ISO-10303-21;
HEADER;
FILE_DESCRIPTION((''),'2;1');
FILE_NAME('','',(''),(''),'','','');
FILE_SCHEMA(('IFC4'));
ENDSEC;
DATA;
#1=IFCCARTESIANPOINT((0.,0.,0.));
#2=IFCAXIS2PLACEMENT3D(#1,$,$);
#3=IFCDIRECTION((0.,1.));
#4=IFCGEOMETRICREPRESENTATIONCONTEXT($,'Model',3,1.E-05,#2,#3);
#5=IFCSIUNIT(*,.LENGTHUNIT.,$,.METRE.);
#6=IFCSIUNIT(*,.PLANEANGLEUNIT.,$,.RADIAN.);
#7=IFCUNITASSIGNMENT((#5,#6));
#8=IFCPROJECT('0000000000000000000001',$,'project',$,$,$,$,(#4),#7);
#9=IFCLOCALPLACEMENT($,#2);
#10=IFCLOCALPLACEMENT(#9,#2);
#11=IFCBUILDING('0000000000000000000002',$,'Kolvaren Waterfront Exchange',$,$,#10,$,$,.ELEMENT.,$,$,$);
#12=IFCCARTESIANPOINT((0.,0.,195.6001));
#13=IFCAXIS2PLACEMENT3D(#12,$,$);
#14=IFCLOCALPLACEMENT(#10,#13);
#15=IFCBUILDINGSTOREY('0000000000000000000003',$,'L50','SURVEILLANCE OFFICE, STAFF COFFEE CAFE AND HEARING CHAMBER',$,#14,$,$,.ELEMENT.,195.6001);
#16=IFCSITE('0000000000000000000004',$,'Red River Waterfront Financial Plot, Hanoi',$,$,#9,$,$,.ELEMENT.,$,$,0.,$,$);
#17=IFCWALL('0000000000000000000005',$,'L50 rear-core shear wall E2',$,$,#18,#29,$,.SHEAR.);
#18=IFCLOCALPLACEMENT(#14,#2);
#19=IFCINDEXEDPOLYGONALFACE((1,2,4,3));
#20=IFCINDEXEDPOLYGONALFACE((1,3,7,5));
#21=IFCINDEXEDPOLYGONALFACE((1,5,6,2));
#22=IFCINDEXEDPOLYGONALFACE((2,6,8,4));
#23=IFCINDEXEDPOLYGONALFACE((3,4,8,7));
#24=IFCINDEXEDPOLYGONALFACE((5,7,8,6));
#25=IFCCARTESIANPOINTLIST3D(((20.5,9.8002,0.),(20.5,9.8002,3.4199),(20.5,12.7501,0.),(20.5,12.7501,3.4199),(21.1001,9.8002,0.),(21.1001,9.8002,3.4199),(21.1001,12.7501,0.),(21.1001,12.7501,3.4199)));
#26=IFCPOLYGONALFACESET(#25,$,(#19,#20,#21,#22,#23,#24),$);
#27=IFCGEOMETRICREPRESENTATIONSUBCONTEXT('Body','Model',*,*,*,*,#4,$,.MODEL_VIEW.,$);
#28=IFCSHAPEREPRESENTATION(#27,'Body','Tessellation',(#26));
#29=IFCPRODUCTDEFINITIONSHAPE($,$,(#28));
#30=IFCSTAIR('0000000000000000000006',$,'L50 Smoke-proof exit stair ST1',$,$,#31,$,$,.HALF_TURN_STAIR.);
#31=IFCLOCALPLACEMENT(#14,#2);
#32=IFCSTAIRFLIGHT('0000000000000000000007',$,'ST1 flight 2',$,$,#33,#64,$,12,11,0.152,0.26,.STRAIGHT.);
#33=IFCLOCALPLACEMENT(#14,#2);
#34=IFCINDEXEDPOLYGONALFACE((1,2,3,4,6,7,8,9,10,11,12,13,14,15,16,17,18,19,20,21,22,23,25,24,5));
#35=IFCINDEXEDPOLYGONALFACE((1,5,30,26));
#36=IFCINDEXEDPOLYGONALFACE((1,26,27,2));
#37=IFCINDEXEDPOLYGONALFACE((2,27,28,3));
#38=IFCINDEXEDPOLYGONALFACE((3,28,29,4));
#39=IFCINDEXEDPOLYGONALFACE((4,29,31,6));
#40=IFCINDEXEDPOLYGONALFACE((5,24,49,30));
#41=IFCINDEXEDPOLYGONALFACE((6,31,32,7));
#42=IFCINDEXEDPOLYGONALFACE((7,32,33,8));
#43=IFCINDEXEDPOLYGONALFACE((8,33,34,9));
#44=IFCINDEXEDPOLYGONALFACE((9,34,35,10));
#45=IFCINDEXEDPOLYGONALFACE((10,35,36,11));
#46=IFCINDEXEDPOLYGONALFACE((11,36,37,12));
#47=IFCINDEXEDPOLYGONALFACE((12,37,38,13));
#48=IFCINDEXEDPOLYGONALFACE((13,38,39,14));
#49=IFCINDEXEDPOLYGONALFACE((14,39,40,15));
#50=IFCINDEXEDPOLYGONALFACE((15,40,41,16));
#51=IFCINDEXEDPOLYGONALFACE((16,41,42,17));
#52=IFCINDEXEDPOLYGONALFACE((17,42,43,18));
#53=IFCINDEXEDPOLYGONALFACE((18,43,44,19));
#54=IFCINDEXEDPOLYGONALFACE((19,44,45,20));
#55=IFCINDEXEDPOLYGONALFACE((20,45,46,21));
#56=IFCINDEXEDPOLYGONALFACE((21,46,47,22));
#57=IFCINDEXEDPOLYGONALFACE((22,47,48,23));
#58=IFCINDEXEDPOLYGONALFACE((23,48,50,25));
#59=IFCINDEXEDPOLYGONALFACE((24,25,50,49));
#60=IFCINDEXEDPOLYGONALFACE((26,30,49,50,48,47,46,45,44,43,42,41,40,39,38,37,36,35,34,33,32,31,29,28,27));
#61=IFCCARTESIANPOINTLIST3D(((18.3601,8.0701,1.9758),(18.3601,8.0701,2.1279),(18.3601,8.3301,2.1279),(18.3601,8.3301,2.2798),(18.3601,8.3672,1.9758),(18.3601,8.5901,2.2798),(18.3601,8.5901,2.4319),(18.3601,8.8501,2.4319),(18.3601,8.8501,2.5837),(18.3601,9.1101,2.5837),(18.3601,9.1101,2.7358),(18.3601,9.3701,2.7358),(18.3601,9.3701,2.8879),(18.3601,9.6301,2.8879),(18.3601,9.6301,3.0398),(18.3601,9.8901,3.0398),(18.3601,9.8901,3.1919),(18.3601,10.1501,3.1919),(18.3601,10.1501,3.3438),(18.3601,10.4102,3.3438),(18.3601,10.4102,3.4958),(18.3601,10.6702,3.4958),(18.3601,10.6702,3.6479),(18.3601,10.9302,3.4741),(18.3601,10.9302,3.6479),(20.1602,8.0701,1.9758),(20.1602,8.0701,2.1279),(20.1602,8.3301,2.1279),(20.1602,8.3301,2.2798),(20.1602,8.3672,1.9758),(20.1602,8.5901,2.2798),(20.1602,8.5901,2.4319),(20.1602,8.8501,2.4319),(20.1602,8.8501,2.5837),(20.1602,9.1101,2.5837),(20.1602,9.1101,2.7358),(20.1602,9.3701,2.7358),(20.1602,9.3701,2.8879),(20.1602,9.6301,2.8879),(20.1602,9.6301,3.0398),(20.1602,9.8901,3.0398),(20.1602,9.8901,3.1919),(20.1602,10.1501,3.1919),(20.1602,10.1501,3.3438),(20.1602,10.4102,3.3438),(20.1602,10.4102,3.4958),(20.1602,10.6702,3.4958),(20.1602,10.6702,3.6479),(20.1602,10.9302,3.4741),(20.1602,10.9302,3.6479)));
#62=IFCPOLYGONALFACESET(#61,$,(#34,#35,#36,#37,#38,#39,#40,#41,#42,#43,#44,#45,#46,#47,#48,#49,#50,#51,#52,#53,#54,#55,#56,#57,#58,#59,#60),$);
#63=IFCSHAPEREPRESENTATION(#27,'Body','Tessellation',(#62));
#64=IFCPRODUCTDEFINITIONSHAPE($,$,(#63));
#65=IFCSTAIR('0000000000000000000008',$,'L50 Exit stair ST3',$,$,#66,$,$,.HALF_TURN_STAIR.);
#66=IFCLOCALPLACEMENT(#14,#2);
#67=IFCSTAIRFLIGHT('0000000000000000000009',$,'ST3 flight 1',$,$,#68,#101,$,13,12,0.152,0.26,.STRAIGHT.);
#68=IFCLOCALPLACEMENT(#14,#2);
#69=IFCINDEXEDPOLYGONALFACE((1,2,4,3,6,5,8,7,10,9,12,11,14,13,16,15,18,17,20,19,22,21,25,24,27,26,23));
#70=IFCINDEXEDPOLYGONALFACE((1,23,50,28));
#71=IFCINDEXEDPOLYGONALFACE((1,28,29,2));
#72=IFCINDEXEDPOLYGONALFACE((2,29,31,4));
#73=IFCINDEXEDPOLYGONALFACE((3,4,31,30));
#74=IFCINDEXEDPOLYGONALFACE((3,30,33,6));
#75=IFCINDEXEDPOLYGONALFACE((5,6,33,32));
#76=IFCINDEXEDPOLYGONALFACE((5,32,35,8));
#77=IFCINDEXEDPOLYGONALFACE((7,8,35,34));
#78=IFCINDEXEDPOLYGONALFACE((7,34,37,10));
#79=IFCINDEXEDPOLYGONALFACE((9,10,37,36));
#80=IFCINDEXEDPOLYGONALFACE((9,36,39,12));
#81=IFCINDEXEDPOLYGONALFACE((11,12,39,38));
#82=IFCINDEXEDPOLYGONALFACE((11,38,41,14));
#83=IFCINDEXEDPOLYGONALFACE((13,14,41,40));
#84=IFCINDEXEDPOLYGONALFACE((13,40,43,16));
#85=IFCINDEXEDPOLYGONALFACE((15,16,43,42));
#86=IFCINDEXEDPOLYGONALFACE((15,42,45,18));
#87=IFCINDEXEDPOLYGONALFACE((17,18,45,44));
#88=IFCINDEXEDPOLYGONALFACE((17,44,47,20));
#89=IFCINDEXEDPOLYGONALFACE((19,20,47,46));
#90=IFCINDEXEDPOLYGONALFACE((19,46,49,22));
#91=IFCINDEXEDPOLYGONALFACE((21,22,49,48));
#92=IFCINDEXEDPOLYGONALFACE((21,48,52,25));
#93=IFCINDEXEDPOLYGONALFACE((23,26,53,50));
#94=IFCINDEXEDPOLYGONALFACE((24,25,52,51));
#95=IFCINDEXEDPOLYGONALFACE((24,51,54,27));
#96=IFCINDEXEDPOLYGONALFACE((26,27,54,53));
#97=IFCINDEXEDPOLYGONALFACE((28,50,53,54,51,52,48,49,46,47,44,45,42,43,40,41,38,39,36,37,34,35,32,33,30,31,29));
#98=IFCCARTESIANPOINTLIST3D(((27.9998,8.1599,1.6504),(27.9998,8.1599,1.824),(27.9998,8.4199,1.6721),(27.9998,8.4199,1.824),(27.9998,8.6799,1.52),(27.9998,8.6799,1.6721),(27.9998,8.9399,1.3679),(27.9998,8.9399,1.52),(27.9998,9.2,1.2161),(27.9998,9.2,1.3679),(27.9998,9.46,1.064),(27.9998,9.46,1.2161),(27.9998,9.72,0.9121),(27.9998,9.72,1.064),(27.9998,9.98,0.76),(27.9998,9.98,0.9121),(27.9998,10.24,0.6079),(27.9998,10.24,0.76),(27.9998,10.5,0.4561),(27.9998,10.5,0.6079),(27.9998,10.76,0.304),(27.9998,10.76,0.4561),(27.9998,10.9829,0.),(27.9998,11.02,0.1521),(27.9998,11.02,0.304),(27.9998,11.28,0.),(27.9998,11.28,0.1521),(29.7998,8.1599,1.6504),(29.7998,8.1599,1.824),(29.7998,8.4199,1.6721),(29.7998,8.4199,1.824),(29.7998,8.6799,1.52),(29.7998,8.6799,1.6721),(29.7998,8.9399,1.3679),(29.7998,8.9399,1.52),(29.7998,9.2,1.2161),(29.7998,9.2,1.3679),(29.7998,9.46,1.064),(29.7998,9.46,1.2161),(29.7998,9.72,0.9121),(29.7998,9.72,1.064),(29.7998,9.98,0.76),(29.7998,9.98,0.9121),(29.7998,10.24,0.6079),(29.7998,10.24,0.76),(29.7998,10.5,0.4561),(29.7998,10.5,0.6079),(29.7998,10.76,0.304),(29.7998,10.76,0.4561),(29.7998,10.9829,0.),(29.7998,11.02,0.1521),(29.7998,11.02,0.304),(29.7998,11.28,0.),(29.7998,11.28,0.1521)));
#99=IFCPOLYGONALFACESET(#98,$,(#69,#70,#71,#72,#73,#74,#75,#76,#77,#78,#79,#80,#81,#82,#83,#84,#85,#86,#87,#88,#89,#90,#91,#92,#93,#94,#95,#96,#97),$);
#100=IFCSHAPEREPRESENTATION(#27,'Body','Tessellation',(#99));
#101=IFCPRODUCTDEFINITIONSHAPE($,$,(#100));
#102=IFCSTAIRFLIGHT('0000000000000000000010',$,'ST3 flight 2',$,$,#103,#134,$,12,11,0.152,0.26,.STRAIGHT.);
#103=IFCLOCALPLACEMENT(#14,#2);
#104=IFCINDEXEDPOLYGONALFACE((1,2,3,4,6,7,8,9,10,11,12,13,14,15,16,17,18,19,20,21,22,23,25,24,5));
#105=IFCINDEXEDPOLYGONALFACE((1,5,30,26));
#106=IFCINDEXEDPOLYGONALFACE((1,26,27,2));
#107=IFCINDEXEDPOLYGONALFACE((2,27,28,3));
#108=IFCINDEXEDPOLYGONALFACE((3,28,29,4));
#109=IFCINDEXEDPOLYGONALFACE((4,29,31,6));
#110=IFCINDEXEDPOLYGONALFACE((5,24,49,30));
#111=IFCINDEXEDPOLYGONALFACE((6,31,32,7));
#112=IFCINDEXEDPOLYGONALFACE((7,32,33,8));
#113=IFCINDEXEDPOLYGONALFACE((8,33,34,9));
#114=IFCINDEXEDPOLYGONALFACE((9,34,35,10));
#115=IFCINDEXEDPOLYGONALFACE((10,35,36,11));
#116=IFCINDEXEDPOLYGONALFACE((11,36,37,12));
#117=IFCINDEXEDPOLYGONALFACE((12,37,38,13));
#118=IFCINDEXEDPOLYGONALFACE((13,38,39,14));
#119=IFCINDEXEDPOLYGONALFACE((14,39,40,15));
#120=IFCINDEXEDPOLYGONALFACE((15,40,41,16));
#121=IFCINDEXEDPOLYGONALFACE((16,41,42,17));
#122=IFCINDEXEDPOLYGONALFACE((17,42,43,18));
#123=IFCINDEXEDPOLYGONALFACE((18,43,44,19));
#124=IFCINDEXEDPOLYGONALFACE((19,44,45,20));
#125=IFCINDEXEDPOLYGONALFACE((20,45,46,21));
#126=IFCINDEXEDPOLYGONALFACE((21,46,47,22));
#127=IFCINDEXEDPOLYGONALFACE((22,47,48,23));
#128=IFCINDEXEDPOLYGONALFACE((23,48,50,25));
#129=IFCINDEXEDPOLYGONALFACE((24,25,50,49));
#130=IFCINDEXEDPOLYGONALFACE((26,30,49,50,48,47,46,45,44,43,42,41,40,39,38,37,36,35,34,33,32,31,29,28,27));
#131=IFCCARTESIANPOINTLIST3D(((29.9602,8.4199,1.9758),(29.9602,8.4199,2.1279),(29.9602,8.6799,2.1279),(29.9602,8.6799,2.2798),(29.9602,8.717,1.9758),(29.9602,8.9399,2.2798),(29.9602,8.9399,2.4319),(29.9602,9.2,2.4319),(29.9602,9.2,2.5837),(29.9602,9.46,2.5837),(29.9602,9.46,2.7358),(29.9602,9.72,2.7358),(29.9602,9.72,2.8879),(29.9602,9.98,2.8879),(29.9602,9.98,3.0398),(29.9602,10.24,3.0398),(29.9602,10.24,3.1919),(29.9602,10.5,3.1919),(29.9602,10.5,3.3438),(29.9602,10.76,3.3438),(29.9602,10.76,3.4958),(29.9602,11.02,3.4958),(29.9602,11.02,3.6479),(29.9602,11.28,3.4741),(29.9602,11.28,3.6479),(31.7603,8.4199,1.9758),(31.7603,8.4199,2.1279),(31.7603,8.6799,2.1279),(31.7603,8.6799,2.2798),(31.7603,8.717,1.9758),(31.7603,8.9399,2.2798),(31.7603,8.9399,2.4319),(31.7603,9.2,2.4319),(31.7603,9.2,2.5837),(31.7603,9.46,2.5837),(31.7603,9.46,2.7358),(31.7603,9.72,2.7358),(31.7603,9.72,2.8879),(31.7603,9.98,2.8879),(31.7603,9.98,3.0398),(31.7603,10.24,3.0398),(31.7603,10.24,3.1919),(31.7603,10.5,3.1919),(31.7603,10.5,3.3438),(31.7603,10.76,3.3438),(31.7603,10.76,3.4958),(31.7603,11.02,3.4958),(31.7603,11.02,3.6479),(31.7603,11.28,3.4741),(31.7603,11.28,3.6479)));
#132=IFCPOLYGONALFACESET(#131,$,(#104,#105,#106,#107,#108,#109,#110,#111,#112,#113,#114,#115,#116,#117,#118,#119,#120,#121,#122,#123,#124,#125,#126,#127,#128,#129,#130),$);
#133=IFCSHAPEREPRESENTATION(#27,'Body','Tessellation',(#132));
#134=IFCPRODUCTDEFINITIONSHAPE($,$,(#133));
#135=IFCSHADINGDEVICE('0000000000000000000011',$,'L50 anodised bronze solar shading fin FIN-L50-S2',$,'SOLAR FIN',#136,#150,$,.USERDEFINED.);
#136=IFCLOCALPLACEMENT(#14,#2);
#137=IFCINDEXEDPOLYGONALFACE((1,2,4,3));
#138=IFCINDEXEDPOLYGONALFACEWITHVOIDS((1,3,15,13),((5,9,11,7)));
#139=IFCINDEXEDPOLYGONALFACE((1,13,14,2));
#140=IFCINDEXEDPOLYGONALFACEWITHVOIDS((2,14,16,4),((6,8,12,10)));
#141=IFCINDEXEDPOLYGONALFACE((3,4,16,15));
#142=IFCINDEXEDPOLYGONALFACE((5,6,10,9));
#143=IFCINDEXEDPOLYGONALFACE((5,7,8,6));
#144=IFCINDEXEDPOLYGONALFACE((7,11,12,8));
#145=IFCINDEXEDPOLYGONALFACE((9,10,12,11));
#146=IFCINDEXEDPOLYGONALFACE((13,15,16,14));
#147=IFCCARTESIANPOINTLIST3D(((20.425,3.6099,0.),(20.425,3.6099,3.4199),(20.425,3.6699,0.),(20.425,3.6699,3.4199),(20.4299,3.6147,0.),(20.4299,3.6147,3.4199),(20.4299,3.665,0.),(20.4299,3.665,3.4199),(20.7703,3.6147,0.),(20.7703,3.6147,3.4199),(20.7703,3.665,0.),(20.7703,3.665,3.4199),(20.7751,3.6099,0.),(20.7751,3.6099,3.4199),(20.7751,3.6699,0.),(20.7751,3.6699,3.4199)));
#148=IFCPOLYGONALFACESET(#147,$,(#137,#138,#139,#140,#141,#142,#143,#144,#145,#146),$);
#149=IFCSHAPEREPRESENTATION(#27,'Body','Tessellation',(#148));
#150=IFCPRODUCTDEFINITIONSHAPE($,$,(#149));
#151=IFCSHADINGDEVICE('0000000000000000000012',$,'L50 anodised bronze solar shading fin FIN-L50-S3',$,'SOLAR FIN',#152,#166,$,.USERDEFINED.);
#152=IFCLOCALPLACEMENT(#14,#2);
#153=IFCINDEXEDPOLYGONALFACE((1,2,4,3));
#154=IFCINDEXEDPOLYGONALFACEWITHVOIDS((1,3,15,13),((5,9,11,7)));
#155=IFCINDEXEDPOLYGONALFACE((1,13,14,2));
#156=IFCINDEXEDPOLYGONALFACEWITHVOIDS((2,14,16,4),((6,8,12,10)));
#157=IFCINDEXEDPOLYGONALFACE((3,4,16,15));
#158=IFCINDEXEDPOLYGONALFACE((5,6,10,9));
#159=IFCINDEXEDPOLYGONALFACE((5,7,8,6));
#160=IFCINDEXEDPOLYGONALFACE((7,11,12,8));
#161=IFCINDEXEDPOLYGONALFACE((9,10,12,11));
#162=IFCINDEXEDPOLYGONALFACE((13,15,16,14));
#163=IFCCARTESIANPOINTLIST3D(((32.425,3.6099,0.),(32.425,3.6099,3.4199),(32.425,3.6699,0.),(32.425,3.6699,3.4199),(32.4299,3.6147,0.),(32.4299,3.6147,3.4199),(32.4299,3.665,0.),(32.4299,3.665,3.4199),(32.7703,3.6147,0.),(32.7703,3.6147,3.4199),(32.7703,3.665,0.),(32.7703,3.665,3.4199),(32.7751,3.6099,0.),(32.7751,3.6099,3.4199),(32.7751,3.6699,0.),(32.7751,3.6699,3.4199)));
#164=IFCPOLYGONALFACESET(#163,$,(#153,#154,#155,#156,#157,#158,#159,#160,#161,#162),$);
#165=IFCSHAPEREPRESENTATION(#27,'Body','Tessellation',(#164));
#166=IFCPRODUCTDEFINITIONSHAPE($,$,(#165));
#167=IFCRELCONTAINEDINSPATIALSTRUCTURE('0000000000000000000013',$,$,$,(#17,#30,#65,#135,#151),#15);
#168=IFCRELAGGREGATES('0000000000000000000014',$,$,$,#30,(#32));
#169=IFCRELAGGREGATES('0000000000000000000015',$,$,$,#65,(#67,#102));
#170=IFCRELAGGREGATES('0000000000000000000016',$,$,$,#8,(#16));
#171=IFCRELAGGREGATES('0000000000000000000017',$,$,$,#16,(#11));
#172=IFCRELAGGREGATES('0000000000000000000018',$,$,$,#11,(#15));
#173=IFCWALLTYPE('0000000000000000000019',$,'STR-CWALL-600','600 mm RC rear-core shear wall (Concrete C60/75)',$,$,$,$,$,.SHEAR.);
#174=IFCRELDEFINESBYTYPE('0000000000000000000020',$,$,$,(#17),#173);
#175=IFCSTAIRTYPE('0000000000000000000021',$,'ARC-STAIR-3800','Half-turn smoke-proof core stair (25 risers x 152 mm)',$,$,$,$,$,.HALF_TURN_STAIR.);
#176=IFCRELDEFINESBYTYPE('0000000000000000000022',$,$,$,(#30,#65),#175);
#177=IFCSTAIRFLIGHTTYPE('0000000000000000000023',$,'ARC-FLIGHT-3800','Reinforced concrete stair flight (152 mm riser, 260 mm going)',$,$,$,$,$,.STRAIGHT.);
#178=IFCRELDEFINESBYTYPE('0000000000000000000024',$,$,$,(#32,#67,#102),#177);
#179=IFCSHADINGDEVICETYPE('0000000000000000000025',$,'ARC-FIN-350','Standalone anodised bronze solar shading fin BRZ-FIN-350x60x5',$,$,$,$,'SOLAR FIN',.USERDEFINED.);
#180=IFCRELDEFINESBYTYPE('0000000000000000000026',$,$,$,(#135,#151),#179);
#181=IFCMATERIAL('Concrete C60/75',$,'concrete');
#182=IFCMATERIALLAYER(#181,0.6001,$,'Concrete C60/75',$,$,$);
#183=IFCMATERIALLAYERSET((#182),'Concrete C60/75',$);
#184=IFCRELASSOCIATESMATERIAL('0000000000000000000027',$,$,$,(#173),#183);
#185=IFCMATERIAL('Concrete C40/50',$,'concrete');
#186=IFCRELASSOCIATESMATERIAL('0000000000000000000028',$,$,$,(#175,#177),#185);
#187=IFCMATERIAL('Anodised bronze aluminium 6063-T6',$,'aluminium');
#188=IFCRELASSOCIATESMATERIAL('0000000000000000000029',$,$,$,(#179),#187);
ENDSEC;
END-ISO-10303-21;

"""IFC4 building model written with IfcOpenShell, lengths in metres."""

from ifc_helpers import new_model, si_unit, direction, frame, frame_2d, origin, origin_2d, place, context, subcontext, project, spatial, polyline, rectangle, hollow_rectangle, outline, extrude, material, layer, layer_set, material_profile, profile_set, type_object, element, aggregate, save


model = new_model("IFC4")

# Units and contexts
model_context = context("Model", 3, precision=1e-05, world=origin(), true_north=direction((0.0, 1.0)))
body_context = subcontext(model_context, "Body", "Model", "MODEL_VIEW")
ifc_project = project(units=[si_unit("LENGTHUNIT", "METRE"), si_unit("PLANEANGLEUNIT", "RADIAN")], contexts=[model_context])

# Site, building, storey
site_placement = place(None, origin())
site = spatial("IfcSite", under=ifc_project, at=site_placement, Name="Red River Waterfront Financial Plot, Hanoi", CompositionType="ELEMENT", RefElevation=0.0)
building_placement = place(site_placement, origin())
building = spatial("IfcBuilding", under=site, at=building_placement, Name="Kolvaren Waterfront Exchange", CompositionType="ELEMENT")
storey_placement = place(building_placement, frame((0.0, 0.0, 195.6001)))
storey = spatial("IfcBuildingStorey", under=building, at=storey_placement, Name="L50", Description="SURVEILLANCE OFFICE, STAFF COFFEE CAFE AND HEARING CHAMBER", CompositionType="ELEMENT", Elevation=195.6001)

# Shared definitions
ifc_material_1 = material(Name="Concrete C60/75", Category="concrete")

# Shared definitions
ifc_material_2 = material(Name="Anodised bronze aluminium 6063-T6", Category="aluminium")

# Wall
ifc_material_3 = material(Name="Concrete C40/50", Category="concrete")
ifc_layer_1 = layer(ifc_material_1, 0.6001, Name="Concrete C60/75")
ifc_layer_set_1 = layer_set([ifc_layer_1], Name="Concrete C60/75")
wall_type_1 = type_object("IfcWallType", Name="STR-CWALL-600", Description="600 mm RC rear-core shear wall (Concrete C60/75)", PredefinedType="SHEAR", material=ifc_layer_set_1)
wall_1_placement = place(storey_placement, frame((20.8, 9.8, 0.0), z_axis=(0.0, 0.0, 1.0), x_axis=(0.0, 1.0, 0.0)))
element("IfcWall", 1, at=wall_1_placement, inside=storey, type_object=wall_type_1, Name="L50 rear-core shear wall E2", PredefinedType="SHEAR", context=body_context, shape_type="SweptSolid", body=[
    extrude(rectangle(XDim=2.95, YDim=0.6001, at=frame_2d((1.4751, 0.0))), origin(), (0.0, 0.0, 1.0), 3.4199),
])

# Stair, stair flight
stair_type = type_object("IfcStairType", Name="ARC-STAIR-3800", Description="Half-turn smoke-proof core stair (25 risers x 152 mm)", PredefinedType="HALF_TURN_STAIR", material=ifc_material_3)
stair_1_placement = place(storey_placement, origin())
stair_1 = element("IfcStair", 2, at=stair_1_placement, inside=storey, type_object=stair_type, Name="L50 Smoke-proof exit stair ST1", PredefinedType="HALF_TURN_STAIR")
stair_flight_type = type_object("IfcStairFlightType", Name="ARC-FLIGHT-3800", Description="Reinforced concrete stair flight (152 mm riser, 260 mm going)", PredefinedType="STRAIGHT", material=ifc_material_3)
stair_flight_1_placement = place(storey_placement, frame((19.26, 8.0701, 1.9758), z_axis=(0.0, 0.0, 1.0), x_axis=(0.0, 1.0, 0.0)))
stair_flight_1 = element("IfcStairFlight", 3, at=stair_flight_1_placement, type_object=stair_flight_type, Name="ST1 flight 2", NumberOfRisers=12, NumberOfTreads=11, PredefinedType="STRAIGHT", RiserHeight=0.152, TreadLength=0.26, context=body_context, shape_type="SweptSolid", body=[
    extrude(outline(polyline([(0.0, 0.0), (0.0, 0.1521), (0.26, 0.1521), (0.26, 0.304), (0.52, 0.304), (0.52, 0.4561), (0.78, 0.4561), (0.78, 0.6079), (1.04, 0.6079), (1.04, 0.76), (1.3, 0.76), (1.3, 0.9121), (1.5601, 0.9121), (1.5601, 1.064), (1.8201, 1.064), (1.8201, 1.2161), (2.0801, 1.2161), (2.0801, 1.3679), (2.3401, 1.3679), (2.3401, 1.52), (2.6001, 1.52), (2.6001, 1.6721), (2.8601, 1.6721), (2.8601, 1.824), (2.8601, 1.4983), (0.2971, 0.0), (0.0, 0.0)])), frame((0.0, 0.8999, 0.0), z_axis=(0.0, -1.0, 0.0), x_axis=(1.0, 0.0, 0.0)), (0.0, 0.0, 1.0), 1.8),
])
aggregate(stair_1, [stair_flight_1])

# Stair, stair flights
stair_2_placement = place(storey_placement, origin())
stair_2 = element("IfcStair", 4, at=stair_2_placement, inside=storey, type_object=stair_type, Name="L50 Exit stair ST3", PredefinedType="HALF_TURN_STAIR")
stair_flight_2_placement = place(storey_placement, frame((28.8999, 11.28, 0.0), z_axis=(0.0, 0.0, 1.0), x_axis=(0.0, -1.0, 0.0)))
stair_flight_2 = element("IfcStairFlight", 5, at=stair_flight_2_placement, type_object=stair_flight_type, Name="ST3 flight 1", NumberOfRisers=13, NumberOfTreads=12, PredefinedType="STRAIGHT", RiserHeight=0.152, TreadLength=0.26, context=body_context, shape_type="SweptSolid", body=[
    extrude(outline(polyline([(0.0, 0.0), (0.0, 0.1521), (0.26, 0.1521), (0.26, 0.304), (0.52, 0.304), (0.52, 0.4561), (0.78, 0.4561), (0.78, 0.6079), (1.04, 0.6079), (1.04, 0.76), (1.3, 0.76), (1.3, 0.9121), (1.5601, 0.9121), (1.5601, 1.064), (1.8201, 1.064), (1.8201, 1.2161), (2.0801, 1.2161), (2.0801, 1.3679), (2.3401, 1.3679), (2.3401, 1.52), (2.6001, 1.52), (2.6001, 1.6721), (2.8601, 1.6721), (2.8601, 1.824), (3.1201, 1.824), (3.1201, 1.9761), (3.1201, 1.6504), (0.2971, 0.0), (0.0, 0.0)])), frame((0.0, 0.8999, 0.0), z_axis=(0.0, -1.0, 0.0), x_axis=(1.0, 0.0, 0.0)), (0.0, 0.0, 1.0), 1.8),
])
stair_flight_3_placement = place(storey_placement, frame((30.8601, 8.4199, 1.9758), z_axis=(0.0, 0.0, 1.0), x_axis=(0.0, 1.0, 0.0)))
stair_flight_3 = element("IfcStairFlight", 6, at=stair_flight_3_placement, type_object=stair_flight_type, Name="ST3 flight 2", NumberOfRisers=12, NumberOfTreads=11, PredefinedType="STRAIGHT", RiserHeight=0.152, TreadLength=0.26, context=body_context, shape_type="SweptSolid", body=[
    extrude(outline(polyline([(0.0, 0.0), (0.0, 0.1521), (0.26, 0.1521), (0.26, 0.304), (0.52, 0.304), (0.52, 0.4561), (0.78, 0.4561), (0.78, 0.6079), (1.04, 0.6079), (1.04, 0.76), (1.3, 0.76), (1.3, 0.9121), (1.5601, 0.9121), (1.5601, 1.064), (1.8201, 1.064), (1.8201, 1.2161), (2.0801, 1.2161), (2.0801, 1.3679), (2.3401, 1.3679), (2.3401, 1.52), (2.6001, 1.52), (2.6001, 1.6721), (2.8601, 1.6721), (2.8601, 1.824), (2.8601, 1.4983), (0.2971, 0.0), (0.0, 0.0)])), frame((0.0, 0.8999, 0.0), z_axis=(0.0, -1.0, 0.0), x_axis=(1.0, 0.0, 0.0)), (0.0, 0.0, 1.0), 1.8),
])
aggregate(stair_2, [stair_flight_2, stair_flight_3])

# Shading devices
ifc_material_profile_1 = material_profile(ifc_material_2, hollow_rectangle(XDim=0.0601, YDim=0.3501, WallThickness=0.0049, at=origin_2d()), Name="BRZ-FIN-350x60x5")
ifc_profile_set_1 = profile_set([ifc_material_profile_1], Name="Anodised bronze aluminium 6063-T6")
shading_device_type = type_object("IfcShadingDeviceType", Name="ARC-FIN-350", Description="Standalone anodised bronze solar shading fin BRZ-FIN-350x60x5", ElementType="SOLAR FIN", PredefinedType="USERDEFINED", material=ifc_profile_set_1)
for number, where, z_axis, x_axis, name in (
    (7, (20.6001, 3.6399, 0.0), (0.0, 0.0, 1.0), (0.0, -1.0, 0.0), "L50 anodised bronze solar shading fin FIN-L50-S2"),
    (8, (32.6001, 3.6399, 0.0), (0.0, 0.0, 1.0), (0.0, -1.0, 0.0), "L50 anodised bronze solar shading fin FIN-L50-S3"),
):
    element("IfcShadingDevice", number, at=place(storey_placement, frame(where, z_axis=z_axis, x_axis=x_axis)), inside=storey, type_object=shading_device_type, Name=name, ObjectType="SOLAR FIN", PredefinedType="USERDEFINED", context=body_context, shape_type="SweptSolid", body=[
        extrude(hollow_rectangle(XDim=0.0601, YDim=0.3501, WallThickness=0.0049, at=origin_2d()), origin(), (0.0, 0.0, 1.0), 3.4199),
    ])

save(model, "model.ifc")
